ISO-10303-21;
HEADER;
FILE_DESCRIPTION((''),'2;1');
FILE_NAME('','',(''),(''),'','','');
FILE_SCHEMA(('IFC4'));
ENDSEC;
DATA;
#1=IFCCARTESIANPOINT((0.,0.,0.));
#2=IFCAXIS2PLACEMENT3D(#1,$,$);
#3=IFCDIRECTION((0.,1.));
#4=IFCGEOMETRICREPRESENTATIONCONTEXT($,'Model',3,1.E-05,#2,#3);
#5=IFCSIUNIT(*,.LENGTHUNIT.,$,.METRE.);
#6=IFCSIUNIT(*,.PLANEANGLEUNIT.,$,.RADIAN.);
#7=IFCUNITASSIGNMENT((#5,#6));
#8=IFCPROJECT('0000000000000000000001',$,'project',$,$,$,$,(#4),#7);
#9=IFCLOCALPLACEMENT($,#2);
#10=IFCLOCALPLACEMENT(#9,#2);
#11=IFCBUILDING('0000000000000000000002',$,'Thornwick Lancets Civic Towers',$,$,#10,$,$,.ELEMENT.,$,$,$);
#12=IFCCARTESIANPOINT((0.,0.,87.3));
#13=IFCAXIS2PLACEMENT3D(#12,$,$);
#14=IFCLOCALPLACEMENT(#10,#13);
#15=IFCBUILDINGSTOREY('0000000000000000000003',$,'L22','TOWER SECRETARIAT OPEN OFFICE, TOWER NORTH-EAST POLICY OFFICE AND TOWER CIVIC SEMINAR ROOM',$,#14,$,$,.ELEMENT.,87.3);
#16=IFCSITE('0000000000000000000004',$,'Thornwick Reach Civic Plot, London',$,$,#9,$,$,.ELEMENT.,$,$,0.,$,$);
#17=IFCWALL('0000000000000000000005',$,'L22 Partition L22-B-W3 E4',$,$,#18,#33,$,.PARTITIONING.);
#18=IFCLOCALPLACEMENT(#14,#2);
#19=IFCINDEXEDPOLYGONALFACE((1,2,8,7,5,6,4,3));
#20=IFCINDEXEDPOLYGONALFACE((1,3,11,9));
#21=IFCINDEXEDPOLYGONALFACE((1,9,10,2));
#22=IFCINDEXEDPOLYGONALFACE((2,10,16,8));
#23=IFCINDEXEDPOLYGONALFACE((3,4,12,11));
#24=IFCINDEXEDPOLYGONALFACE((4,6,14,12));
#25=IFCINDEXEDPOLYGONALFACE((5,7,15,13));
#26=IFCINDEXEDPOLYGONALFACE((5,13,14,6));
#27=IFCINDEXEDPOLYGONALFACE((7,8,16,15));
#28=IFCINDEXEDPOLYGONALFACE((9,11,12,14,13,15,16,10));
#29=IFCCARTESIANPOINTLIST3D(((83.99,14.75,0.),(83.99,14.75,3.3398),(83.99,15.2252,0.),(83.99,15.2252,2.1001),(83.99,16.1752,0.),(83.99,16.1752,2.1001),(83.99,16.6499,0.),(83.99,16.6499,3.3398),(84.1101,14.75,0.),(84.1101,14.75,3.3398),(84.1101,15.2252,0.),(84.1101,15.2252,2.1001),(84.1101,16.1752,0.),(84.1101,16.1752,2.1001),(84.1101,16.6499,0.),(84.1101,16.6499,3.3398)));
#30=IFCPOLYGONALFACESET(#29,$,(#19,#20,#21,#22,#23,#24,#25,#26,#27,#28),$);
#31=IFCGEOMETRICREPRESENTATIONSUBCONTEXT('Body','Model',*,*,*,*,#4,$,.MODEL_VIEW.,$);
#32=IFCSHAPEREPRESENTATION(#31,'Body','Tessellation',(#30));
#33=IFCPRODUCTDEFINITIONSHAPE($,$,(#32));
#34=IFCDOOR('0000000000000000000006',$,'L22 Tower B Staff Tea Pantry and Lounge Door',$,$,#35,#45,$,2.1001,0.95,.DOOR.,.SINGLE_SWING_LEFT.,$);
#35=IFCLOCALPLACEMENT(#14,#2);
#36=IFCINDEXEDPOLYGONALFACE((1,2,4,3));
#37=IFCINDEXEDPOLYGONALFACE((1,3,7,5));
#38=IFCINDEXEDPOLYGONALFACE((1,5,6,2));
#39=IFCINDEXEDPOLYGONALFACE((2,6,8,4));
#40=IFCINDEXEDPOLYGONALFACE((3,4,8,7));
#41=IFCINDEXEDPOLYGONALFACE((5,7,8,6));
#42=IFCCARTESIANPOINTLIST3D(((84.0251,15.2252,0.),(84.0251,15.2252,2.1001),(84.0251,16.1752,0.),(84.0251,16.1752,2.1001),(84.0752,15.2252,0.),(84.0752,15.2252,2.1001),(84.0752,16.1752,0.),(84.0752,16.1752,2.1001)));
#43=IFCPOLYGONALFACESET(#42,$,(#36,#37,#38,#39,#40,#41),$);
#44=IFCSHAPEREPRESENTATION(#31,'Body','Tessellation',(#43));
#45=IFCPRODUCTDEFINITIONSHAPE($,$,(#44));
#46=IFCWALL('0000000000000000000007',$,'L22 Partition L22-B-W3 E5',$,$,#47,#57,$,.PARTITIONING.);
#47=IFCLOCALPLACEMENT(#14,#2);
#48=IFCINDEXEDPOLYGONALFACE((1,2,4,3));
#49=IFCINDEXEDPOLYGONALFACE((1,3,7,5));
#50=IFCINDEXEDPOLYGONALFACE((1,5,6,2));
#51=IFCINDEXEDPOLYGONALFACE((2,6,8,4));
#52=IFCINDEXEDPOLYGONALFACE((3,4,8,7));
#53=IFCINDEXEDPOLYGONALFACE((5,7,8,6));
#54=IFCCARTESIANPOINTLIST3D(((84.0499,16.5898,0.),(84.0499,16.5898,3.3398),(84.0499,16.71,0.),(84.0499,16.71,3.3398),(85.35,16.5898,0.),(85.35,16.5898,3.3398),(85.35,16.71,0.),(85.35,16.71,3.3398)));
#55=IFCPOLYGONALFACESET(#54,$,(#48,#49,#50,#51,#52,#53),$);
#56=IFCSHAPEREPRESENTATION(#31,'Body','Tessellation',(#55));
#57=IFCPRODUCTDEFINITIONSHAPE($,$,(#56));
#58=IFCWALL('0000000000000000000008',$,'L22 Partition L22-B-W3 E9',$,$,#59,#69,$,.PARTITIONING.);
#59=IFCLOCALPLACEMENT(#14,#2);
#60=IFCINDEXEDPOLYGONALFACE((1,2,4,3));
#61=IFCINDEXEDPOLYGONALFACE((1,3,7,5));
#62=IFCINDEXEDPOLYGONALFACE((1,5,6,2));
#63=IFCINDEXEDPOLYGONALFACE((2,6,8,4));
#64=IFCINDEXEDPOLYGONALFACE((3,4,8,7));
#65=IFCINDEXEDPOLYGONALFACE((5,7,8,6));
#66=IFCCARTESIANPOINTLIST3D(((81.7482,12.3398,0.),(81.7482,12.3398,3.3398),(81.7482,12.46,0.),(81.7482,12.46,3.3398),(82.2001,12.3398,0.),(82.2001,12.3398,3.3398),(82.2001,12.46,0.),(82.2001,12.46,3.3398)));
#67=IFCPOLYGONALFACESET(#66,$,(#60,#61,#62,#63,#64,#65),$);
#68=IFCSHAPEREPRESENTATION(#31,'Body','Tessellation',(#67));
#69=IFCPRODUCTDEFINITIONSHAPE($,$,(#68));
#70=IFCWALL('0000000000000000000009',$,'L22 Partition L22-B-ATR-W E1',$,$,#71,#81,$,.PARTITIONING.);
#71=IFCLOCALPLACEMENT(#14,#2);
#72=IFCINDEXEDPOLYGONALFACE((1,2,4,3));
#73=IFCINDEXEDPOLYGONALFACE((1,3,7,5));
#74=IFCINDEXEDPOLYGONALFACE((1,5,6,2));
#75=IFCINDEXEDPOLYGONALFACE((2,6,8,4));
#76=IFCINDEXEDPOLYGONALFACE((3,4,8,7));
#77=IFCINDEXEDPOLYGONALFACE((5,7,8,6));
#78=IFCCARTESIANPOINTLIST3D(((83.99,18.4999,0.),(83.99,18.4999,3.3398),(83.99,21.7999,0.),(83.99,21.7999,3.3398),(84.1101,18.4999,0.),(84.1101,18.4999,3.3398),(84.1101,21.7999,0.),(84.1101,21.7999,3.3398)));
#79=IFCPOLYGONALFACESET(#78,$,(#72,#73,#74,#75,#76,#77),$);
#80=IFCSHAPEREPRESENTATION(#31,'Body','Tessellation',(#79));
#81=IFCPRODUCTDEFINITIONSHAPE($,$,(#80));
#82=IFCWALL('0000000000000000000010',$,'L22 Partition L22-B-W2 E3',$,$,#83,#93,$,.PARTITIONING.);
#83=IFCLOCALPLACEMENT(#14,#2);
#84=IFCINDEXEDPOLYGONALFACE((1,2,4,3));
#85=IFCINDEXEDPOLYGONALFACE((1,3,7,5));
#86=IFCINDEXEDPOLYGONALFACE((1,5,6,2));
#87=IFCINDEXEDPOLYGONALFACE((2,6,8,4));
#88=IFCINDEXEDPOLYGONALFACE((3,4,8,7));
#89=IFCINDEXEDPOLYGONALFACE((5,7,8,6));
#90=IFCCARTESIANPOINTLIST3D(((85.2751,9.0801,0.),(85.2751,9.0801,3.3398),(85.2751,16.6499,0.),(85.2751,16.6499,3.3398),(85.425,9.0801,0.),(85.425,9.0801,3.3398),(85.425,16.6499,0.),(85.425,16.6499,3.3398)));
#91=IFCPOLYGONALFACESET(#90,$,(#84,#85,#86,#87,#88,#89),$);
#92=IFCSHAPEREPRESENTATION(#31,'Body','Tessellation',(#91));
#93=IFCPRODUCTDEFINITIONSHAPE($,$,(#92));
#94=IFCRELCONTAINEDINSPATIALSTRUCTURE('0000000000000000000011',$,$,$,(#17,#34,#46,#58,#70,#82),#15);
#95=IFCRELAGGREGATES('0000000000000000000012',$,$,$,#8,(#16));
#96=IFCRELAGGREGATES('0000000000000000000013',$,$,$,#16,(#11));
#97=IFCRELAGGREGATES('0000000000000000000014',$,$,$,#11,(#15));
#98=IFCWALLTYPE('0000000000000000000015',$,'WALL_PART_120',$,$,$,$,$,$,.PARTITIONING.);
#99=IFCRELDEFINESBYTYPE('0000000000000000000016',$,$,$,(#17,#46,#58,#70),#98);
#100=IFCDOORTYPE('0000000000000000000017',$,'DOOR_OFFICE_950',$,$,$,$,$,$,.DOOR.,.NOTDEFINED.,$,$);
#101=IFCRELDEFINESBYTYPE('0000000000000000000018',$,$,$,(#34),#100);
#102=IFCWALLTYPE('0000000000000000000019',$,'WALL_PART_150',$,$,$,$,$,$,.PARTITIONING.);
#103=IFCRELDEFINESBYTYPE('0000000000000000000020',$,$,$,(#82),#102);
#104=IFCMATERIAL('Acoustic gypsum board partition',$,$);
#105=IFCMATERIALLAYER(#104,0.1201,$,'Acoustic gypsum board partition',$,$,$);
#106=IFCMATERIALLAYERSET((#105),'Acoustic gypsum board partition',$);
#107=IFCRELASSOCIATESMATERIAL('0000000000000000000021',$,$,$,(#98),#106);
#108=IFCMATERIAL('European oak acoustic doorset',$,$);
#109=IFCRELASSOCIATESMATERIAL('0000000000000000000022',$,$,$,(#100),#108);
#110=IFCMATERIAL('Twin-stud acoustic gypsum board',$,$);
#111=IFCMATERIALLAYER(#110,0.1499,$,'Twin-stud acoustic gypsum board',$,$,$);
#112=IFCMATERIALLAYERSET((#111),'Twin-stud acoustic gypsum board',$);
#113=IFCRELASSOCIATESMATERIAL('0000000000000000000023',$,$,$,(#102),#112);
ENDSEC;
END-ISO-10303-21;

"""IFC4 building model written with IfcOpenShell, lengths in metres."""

from ifc_helpers import new_model, si_unit, direction, frame, frame_2d, origin, place, context, subcontext, project, spatial, rectangle, extrude, material, layer, layer_set, type_object, element, fill, save


model = new_model("IFC4")

# Units and contexts
model_context = context("Model", 3, precision=1e-05, world=origin(), true_north=direction((0.0, 1.0)))
body_context = subcontext(model_context, "Body", "Model", "MODEL_VIEW")
ifc_project = project(units=[si_unit("LENGTHUNIT", "METRE"), si_unit("PLANEANGLEUNIT", "RADIAN")], contexts=[model_context])

# Site, building, storey
site_placement = place(None, origin())
site = spatial("IfcSite", under=ifc_project, at=site_placement, Name="Thornwick Reach Civic Plot, London", CompositionType="ELEMENT", RefElevation=0.0)
building_placement = place(site_placement, origin())
building = spatial("IfcBuilding", under=site, at=building_placement, Name="Thornwick Lancets Civic Towers", CompositionType="ELEMENT")
storey_placement = place(building_placement, frame((0.0, 0.0, 87.3)))
storey = spatial("IfcBuildingStorey", under=building, at=storey_placement, Name="L22", Description="TOWER SECRETARIAT OPEN OFFICE, TOWER NORTH-EAST POLICY OFFICE AND TOWER CIVIC SEMINAR ROOM", CompositionType="ELEMENT", Elevation=87.3)

# Shared definitions
ifc_material_1 = material(Name="Acoustic gypsum board partition")
ifc_layer_1 = layer(ifc_material_1, 0.1201, Name="Acoustic gypsum board partition")
ifc_layer_set_1 = layer_set([ifc_layer_1], Name="Acoustic gypsum board partition")
wall_type_1 = type_object("IfcWallType", Name="WALL_PART_120", PredefinedType="PARTITIONING", material=ifc_layer_set_1)

# Wall, opening, door
wall_1_placement = place(storey_placement, frame((84.05, 14.75, 0.0), z_axis=(0.0, 0.0, 1.0), x_axis=(0.0, 1.0, 0.0)))
wall_1 = element("IfcWall", 1, at=wall_1_placement, inside=storey, type_object=wall_type_1, Name="L22 Partition L22-B-W3 E4", PredefinedType="PARTITIONING", context=body_context, shape_type="SweptSolid", body=[
    extrude(rectangle(XDim=1.8999, YDim=0.1201, at=frame_2d((0.95, 0.0))), origin(), (0.0, 0.0, 1.0), 3.3398),
])
opening_1_placement = place(wall_1_placement, frame((0.4751, 0.0, 0.0)))
opening_1 = element("IfcOpeningElement", 2, at=opening_1_placement, cuts=wall_1, PredefinedType="OPENING", context=body_context, shape_type="SweptSolid", body=[
    extrude(rectangle(XDim=0.95, YDim=2.1001, at=frame_2d((0.4751, 1.05))), frame((0.0, 0.0701, 0.0), z_axis=(0.0, -1.0, 0.0), x_axis=(1.0, 0.0, 0.0)), (0.0, 0.0, 1.0), 0.1401),
])
ifc_material_2 = material(Name="European oak acoustic doorset")
door_type_1 = type_object("IfcDoorType", Name="DOOR_OFFICE_950", OperationType="NOTDEFINED", PredefinedType="DOOR", material=ifc_material_2)
door_1_placement = place(opening_1_placement, origin())
door_1 = element("IfcDoor", 3, at=door_1_placement, inside=storey, type_object=door_type_1, Name="L22 Tower B Staff Tea Pantry and Lounge Door", OperationType="SINGLE_SWING_LEFT", OverallHeight=2.1001, OverallWidth=0.95, PredefinedType="DOOR", context=body_context, shape_type="SweptSolid", body=[
    extrude(rectangle(XDim=0.95, YDim=2.1001, at=frame_2d((0.4751, 1.05))), frame((0.0, 0.0249, 0.0), z_axis=(0.0, -1.0, 0.0), x_axis=(1.0, 0.0, 0.0)), (0.0, 0.0, 1.0), 0.05),
])
fill(opening_1, door_1)

# Walls
wall_2_placement = place(storey_placement, frame((84.05, 16.6499, 0.0), z_axis=(0.0, 0.0, 1.0), x_axis=(1.0, 0.0, 0.0)))
element("IfcWall", 4, at=wall_2_placement, inside=storey, type_object=wall_type_1, Name="L22 Partition L22-B-W3 E5", PredefinedType="PARTITIONING", context=body_context, shape_type="SweptSolid", body=[
    extrude(rectangle(XDim=1.3, YDim=0.1201, at=frame_2d((0.6499, 0.0))), origin(), (0.0, 0.0, 1.0), 3.3398),
])
wall_3_placement = place(storey_placement, frame((81.748, 12.3999, 0.0), z_axis=(0.0, 0.0, 1.0), x_axis=(1.0, 0.0, 0.0)))
element("IfcWall", 5, at=wall_3_placement, inside=storey, type_object=wall_type_1, Name="L22 Partition L22-B-W3 E9", PredefinedType="PARTITIONING", context=body_context, shape_type="SweptSolid", body=[
    extrude(rectangle(XDim=0.4519, YDim=0.1201, at=frame_2d((0.2261, 0.0))), origin(), (0.0, 0.0, 1.0), 3.3398),
])
wall_4_placement = place(storey_placement, frame((84.05, 18.5, 0.0), z_axis=(0.0, 0.0, 1.0), x_axis=(0.0, 1.0, 0.0)))
element("IfcWall", 6, at=wall_4_placement, inside=storey, type_object=wall_type_1, Name="L22 Partition L22-B-ATR-W E1", PredefinedType="PARTITIONING", context=body_context, shape_type="SweptSolid", body=[
    extrude(rectangle(XDim=3.3, YDim=0.1201, at=frame_2d((1.6499, 0.0))), origin(), (0.0, 0.0, 1.0), 3.3398),
])
ifc_material_3 = material(Name="Twin-stud acoustic gypsum board")
ifc_layer_2 = layer(ifc_material_3, 0.1499, Name="Twin-stud acoustic gypsum board")
ifc_layer_set_2 = layer_set([ifc_layer_2], Name="Twin-stud acoustic gypsum board")
wall_type_2 = type_object("IfcWallType", Name="WALL_PART_150", PredefinedType="PARTITIONING", material=ifc_layer_set_2)
wall_5_placement = place(storey_placement, frame((85.3501, 9.0801, 0.0), z_axis=(0.0, 0.0, 1.0), x_axis=(0.0, 1.0, 0.0)))
element("IfcWall", 7, at=wall_5_placement, inside=storey, type_object=wall_type_2, Name="L22 Partition L22-B-W2 E3", PredefinedType="PARTITIONING", context=body_context, shape_type="SweptSolid", body=[
    extrude(rectangle(XDim=7.5698, YDim=0.1499, at=frame_2d((3.7849, 0.0))), origin(), (0.0, 0.0, 1.0), 3.3398),
])

save(model, "model.ifc")
